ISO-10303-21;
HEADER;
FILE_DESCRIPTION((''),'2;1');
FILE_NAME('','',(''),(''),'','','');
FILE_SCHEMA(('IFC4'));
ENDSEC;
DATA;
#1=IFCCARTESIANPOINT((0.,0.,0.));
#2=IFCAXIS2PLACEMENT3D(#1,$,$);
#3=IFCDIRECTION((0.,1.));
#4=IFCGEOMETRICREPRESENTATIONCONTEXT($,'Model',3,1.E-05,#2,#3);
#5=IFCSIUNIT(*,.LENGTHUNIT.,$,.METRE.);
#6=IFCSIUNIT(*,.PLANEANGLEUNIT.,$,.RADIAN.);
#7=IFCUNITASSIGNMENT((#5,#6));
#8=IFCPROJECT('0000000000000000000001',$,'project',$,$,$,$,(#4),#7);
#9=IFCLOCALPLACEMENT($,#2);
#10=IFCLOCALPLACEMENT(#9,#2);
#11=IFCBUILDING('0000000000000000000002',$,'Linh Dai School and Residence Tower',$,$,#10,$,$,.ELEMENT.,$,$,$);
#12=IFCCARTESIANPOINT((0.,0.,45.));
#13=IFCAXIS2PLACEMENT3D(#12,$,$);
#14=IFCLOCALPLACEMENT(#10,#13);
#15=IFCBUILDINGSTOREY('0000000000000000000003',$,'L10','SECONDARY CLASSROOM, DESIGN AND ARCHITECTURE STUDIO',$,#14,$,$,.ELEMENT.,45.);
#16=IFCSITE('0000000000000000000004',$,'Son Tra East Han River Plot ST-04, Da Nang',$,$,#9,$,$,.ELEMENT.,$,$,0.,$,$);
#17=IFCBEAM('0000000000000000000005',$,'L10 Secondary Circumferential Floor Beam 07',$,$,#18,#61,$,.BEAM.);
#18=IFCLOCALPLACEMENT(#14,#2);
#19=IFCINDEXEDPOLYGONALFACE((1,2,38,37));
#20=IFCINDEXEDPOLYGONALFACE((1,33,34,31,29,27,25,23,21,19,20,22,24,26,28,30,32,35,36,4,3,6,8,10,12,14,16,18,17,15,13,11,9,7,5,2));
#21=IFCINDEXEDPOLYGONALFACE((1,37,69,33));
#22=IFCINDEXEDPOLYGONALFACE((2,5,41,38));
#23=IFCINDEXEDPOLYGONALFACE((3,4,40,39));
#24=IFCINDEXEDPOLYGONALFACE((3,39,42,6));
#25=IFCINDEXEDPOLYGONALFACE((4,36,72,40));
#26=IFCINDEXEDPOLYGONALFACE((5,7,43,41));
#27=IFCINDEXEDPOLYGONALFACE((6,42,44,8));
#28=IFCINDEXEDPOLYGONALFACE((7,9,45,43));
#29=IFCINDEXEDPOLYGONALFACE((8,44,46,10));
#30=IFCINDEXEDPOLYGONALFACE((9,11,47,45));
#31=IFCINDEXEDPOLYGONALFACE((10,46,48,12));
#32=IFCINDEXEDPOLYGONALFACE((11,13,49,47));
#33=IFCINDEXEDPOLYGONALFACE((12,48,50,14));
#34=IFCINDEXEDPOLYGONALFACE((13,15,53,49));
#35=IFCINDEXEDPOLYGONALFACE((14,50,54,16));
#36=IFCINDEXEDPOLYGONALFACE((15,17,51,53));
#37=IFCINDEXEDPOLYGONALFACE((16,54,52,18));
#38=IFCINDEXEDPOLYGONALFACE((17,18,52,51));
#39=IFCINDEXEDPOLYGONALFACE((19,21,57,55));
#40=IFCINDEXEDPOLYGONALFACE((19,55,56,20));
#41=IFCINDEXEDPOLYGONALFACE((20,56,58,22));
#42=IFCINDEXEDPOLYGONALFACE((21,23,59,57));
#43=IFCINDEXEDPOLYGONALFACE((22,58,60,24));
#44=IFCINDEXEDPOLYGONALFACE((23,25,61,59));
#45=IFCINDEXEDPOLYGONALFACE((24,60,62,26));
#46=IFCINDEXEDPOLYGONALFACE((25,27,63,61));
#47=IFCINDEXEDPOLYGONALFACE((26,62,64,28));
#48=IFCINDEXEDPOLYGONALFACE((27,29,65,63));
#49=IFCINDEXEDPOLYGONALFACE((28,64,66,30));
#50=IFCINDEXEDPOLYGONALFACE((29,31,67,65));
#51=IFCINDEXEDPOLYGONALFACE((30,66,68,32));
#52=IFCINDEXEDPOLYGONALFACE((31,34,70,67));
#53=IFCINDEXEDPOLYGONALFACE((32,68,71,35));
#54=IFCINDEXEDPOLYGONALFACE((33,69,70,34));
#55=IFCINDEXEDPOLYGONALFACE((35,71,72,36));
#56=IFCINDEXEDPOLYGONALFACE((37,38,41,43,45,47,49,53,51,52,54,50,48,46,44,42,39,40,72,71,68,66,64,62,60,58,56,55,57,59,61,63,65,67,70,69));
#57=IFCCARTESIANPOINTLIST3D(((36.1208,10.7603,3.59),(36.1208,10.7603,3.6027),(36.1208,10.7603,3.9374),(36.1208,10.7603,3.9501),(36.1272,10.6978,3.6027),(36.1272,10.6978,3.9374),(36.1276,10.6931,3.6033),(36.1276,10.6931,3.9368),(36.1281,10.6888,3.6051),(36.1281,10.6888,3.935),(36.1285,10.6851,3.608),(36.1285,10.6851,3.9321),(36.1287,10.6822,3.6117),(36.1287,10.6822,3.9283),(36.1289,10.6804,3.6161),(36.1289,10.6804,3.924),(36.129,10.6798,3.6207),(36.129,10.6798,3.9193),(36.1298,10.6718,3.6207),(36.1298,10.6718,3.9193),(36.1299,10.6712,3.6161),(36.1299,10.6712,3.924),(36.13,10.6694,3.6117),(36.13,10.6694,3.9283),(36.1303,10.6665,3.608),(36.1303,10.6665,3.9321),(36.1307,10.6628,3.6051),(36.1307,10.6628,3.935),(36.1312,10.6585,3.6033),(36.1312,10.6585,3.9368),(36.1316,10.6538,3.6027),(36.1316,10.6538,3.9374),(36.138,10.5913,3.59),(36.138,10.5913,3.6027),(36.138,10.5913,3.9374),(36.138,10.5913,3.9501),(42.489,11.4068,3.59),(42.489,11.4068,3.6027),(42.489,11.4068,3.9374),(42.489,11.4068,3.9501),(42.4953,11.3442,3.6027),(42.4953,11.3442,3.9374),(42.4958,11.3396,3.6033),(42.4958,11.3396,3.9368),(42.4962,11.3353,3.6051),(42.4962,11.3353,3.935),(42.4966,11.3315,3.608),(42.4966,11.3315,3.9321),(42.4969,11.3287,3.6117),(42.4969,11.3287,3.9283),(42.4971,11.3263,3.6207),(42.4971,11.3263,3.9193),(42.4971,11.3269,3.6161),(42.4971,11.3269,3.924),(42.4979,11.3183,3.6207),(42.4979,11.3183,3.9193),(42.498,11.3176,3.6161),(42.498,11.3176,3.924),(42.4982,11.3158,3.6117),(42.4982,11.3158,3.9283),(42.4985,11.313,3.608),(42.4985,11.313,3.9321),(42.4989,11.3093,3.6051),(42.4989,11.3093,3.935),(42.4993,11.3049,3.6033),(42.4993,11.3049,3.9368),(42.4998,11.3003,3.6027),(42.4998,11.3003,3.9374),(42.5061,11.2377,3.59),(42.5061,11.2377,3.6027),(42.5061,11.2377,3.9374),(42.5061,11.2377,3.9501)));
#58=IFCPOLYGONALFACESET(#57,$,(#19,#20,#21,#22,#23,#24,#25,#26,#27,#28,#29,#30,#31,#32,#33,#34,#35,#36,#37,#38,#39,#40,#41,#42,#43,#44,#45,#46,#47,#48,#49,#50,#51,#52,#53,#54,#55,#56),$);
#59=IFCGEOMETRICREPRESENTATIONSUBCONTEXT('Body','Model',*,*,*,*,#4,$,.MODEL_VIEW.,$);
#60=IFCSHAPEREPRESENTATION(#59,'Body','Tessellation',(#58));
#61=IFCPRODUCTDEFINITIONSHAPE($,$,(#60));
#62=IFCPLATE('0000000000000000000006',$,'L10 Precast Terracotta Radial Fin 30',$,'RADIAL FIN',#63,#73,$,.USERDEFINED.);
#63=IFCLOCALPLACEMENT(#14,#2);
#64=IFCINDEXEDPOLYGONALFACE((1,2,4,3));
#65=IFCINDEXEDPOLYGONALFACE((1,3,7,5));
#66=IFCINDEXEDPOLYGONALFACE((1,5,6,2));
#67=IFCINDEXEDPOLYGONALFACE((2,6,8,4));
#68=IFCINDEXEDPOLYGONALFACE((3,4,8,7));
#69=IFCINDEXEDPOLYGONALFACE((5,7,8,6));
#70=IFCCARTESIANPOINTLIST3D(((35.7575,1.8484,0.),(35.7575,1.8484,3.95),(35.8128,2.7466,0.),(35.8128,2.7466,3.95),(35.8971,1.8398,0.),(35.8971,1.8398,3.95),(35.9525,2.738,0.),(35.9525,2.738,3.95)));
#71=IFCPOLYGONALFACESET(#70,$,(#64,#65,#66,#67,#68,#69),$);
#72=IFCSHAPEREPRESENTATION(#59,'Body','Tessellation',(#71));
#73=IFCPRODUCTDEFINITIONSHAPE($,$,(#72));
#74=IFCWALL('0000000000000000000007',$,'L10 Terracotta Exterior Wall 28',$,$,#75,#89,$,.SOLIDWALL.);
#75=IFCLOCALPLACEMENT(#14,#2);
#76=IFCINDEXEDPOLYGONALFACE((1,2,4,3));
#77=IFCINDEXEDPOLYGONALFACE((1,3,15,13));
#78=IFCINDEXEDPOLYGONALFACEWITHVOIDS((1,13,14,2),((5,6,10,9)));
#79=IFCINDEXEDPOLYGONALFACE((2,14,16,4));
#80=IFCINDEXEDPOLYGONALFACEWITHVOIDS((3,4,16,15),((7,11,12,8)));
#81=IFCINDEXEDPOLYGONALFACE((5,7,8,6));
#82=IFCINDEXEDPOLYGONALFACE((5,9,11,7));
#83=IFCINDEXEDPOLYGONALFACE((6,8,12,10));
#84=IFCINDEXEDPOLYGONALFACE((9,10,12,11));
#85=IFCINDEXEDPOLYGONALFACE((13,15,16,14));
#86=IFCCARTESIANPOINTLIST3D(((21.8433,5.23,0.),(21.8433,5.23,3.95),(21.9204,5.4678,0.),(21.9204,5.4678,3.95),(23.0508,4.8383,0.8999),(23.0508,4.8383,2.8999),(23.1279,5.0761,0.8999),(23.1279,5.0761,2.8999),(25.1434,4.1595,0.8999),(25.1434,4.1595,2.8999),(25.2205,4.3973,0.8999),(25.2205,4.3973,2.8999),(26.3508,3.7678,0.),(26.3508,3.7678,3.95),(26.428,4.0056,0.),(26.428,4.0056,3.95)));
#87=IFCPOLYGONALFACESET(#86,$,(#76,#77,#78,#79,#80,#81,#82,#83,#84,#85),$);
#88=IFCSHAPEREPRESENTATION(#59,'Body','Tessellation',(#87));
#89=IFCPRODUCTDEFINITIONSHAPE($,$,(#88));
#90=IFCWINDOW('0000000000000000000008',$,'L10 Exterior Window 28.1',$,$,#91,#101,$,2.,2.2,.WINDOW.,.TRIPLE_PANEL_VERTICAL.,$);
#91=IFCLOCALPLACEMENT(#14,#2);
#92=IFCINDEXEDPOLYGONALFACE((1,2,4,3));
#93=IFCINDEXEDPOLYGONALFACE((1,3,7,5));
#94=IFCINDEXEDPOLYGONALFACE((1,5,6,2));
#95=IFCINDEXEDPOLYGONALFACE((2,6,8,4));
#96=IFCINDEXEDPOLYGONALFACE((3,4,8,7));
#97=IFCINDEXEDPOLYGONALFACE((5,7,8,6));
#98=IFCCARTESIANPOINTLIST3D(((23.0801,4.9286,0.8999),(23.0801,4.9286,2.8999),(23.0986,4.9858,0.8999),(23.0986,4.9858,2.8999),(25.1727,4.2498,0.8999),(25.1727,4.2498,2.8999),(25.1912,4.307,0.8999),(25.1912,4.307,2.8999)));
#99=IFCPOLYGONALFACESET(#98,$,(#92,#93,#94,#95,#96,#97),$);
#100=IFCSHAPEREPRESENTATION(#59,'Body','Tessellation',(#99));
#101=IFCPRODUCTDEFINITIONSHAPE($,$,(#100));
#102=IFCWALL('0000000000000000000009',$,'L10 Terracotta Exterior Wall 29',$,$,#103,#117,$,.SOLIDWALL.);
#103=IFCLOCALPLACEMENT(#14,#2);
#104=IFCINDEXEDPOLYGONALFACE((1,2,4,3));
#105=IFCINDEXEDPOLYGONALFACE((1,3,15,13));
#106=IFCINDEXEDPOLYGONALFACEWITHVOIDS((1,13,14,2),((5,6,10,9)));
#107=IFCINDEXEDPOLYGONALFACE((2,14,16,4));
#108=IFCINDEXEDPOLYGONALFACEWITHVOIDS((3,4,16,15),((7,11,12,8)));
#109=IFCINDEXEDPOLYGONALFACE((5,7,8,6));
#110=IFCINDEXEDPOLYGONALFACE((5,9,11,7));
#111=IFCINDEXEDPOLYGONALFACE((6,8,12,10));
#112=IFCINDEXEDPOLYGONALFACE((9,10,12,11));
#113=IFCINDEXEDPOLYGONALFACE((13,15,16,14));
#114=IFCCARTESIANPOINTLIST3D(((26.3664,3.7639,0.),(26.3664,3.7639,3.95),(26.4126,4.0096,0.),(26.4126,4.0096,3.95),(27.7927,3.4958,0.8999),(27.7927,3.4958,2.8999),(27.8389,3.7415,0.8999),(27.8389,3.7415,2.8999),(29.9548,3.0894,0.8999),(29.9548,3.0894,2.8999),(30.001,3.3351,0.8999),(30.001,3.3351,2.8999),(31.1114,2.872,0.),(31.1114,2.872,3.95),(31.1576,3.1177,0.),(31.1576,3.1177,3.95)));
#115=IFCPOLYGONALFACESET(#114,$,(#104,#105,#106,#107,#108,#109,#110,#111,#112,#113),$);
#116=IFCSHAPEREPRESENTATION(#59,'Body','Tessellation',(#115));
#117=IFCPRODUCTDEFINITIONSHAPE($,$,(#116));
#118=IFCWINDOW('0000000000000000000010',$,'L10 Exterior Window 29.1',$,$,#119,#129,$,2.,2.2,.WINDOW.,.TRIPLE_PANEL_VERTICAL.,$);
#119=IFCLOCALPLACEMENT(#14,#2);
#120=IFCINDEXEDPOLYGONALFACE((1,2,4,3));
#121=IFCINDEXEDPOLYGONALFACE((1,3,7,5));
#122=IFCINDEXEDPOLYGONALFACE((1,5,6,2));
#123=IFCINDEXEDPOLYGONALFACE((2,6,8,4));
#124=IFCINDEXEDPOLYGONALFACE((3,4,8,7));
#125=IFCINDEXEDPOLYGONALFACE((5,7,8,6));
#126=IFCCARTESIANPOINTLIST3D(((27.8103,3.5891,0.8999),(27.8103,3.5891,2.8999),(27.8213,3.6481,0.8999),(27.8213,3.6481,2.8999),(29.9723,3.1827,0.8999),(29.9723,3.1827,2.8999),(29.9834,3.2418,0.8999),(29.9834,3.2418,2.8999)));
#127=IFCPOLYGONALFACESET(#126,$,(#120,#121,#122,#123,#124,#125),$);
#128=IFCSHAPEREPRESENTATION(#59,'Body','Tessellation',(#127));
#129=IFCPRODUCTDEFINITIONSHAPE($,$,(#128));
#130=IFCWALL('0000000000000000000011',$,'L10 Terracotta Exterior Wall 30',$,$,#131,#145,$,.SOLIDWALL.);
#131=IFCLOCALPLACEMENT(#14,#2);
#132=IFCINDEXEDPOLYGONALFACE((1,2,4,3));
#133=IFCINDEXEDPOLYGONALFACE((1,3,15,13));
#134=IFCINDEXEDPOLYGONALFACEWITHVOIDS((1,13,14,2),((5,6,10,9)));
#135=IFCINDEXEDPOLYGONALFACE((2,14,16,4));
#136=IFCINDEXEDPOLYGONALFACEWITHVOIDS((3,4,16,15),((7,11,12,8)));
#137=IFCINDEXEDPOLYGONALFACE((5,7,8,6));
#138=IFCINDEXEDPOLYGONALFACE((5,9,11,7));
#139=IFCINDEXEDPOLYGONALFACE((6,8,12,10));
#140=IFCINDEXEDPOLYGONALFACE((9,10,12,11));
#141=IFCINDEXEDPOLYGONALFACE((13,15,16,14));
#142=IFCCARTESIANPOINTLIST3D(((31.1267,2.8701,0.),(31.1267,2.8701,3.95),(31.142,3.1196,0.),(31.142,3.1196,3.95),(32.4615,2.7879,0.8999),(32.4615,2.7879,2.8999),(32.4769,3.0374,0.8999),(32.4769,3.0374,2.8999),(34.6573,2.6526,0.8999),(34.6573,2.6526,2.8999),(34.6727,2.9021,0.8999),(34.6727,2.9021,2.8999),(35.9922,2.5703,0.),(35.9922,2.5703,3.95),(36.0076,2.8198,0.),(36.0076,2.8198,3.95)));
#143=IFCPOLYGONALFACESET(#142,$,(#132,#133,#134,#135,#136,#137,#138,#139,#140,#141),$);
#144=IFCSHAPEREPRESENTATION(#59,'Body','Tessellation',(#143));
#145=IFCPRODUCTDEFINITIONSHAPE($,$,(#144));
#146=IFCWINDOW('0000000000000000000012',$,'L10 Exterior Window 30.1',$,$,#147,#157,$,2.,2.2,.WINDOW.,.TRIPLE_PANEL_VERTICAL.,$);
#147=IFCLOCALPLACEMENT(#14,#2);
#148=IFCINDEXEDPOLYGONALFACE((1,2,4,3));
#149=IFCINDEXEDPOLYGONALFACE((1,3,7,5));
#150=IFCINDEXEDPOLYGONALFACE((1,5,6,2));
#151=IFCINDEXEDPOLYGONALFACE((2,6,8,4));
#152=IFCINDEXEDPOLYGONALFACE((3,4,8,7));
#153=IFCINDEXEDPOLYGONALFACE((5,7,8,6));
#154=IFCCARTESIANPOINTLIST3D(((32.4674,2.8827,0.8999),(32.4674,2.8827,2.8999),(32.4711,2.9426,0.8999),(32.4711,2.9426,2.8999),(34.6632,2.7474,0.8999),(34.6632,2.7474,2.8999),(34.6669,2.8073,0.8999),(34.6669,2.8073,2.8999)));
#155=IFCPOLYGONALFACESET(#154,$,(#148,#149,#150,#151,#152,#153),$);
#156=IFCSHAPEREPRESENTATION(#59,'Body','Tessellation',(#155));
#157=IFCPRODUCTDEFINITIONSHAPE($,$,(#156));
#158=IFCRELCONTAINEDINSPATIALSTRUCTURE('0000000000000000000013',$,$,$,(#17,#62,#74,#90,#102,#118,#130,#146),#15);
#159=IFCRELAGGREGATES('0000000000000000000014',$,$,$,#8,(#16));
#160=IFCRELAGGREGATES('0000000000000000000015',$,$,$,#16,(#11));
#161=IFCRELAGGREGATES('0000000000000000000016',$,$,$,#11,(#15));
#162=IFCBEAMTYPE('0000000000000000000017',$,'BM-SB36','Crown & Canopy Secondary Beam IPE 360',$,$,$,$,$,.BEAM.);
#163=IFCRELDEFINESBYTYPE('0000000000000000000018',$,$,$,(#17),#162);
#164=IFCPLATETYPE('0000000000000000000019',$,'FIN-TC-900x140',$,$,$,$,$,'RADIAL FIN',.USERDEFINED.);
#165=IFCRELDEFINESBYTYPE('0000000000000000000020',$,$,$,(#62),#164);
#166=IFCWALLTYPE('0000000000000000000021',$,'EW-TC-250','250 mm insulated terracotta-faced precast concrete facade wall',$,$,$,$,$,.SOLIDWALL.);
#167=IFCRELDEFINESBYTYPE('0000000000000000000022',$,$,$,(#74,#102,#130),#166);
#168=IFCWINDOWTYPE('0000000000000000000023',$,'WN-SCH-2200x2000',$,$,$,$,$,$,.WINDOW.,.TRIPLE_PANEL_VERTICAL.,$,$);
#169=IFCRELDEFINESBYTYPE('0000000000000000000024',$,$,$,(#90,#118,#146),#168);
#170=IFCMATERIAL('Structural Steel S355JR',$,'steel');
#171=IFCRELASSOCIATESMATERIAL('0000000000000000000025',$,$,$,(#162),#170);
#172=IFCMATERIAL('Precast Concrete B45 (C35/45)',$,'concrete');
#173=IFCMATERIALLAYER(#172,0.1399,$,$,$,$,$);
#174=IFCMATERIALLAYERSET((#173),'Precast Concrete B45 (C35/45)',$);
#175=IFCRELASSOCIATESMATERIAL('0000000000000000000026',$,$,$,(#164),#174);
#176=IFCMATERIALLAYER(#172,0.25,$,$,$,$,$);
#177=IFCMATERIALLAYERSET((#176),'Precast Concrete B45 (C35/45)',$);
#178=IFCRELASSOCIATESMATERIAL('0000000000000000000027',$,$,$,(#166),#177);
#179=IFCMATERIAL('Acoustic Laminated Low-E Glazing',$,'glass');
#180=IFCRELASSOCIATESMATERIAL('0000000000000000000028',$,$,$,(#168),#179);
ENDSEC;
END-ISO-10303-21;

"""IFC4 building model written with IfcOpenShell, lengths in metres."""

from ifc_helpers import new_model, si_unit, direction, frame, frame_2d, origin, origin_2d, place, context, subcontext, project, spatial, rectangle, i_section, extrude, source, transform, mapped, material, layer, layer_set, material_profile, profile_set, type_object, element, fill, save


model = new_model("IFC4")

# Units and contexts
model_context = context("Model", 3, precision=1e-05, world=origin(), true_north=direction((0.0, 1.0)))
body_context = subcontext(model_context, "Body", "Model", "MODEL_VIEW")
ifc_project = project(units=[si_unit("LENGTHUNIT", "METRE"), si_unit("PLANEANGLEUNIT", "RADIAN")], contexts=[model_context])

# Site, building, storey
site_placement = place(None, origin())
site = spatial("IfcSite", under=ifc_project, at=site_placement, Name="Son Tra East Han River Plot ST-04, Da Nang", CompositionType="ELEMENT", RefElevation=0.0)
building_placement = place(site_placement, origin())
building = spatial("IfcBuilding", under=site, at=building_placement, Name="Linh Dai School and Residence Tower", CompositionType="ELEMENT")
storey_placement = place(building_placement, frame((0.0, 0.0, 45.0)))
storey = spatial("IfcBuildingStorey", under=building, at=storey_placement, Name="L10", Description="SECONDARY CLASSROOM, DESIGN AND ARCHITECTURE STUDIO", CompositionType="ELEMENT", Elevation=45.0)

# Shared definitions
ifc_material_1 = material(Name="Structural Steel S355JR", Category="steel")

# Beam
ifc_material_profile_1 = material_profile(ifc_material_1, i_section(OverallWidth=0.1699, OverallDepth=0.3601, WebThickness=0.0081, FlangeThickness=0.0127, FilletRadius=0.0181, at=origin_2d()), Name="IPE 360")
ifc_profile_set_1 = profile_set([ifc_material_profile_1], Name="Structural Steel S355JR")
beam_type_1 = type_object("IfcBeamType", Name="BM-SB36", Description="Crown & Canopy Secondary Beam IPE 360", PredefinedType="BEAM", material=ifc_profile_set_1)
beam_1_placement = place(storey_placement, frame((36.1294, 10.6758, 3.77), z_axis=(0.994887, 0.100999, 0.0), x_axis=(-0.100999, 0.994887, 0.0)))
element("IfcBeam", 1, at=beam_1_placement, inside=storey, type_object=beam_type_1, Name="L10 Secondary Circumferential Floor Beam 07", PredefinedType="BEAM", context=body_context, shape_type="SweptSolid", body=[
    extrude(i_section(OverallWidth=0.1699, OverallDepth=0.3601, WebThickness=0.0081, FlangeThickness=0.0127, FilletRadius=0.0181, at=origin_2d()), origin(), (0.0, 0.0, 1.0), 6.4009),
])

# Plate
ifc_material_2 = material(Name="Precast Concrete B45 (C35/45)", Category="concrete")
ifc_layer_1 = layer(ifc_material_2, 0.1399)
ifc_layer_set_1 = layer_set([ifc_layer_1], Name="Precast Concrete B45 (C35/45)")
plate_type = type_object("IfcPlateType", Name="FIN-TC-900x140", ElementType="RADIAL FIN", PredefinedType="USERDEFINED", material=ifc_layer_set_1)
shared_shape_1 = source(origin(), body_context, "Body", "SweptSolid", [
    extrude(rectangle(XDim=0.8999, YDim=0.1399, at=origin_2d()), origin(), (0.0, 0.0, 1.0), 3.95),
])
plate_placement = place(storey_placement, frame((35.855, 2.2932, 0.0), z_axis=(0.0, 0.0, 1.0), x_axis=(-0.061507, -0.998107, 0.0)))
element("IfcPlate", 2, at=plate_placement, inside=storey, type_object=plate_type, Name="L10 Precast Terracotta Radial Fin 30", ObjectType="RADIAL FIN", PredefinedType="USERDEFINED", context=body_context, shape_type="MappedRepresentation", body=[
    mapped(shared_shape_1, transform((0.0, 0.0, 0.0), x_axis=(1.0, 0.0, 0.0), y_axis=(0.0, 1.0, 0.0), z_axis=(0.0, 0.0, 1.0), scale=1.0)),
])

# Walls, openings, windows
ifc_layer_2 = layer(ifc_material_2, 0.25)
ifc_layer_set_2 = layer_set([ifc_layer_2], Name="Precast Concrete B45 (C35/45)")
wall_type_1 = type_object("IfcWallType", Name="EW-TC-250", Description="250 mm insulated terracotta-faced precast concrete facade wall", PredefinedType="SOLIDWALL", material=ifc_layer_set_2)
wall_1_placement = place(storey_placement, frame((26.3894, 3.8867, 0.0), z_axis=(0.0, 0.0, 1.0), x_axis=(-0.951208, 0.308551, 0.0)))
wall_1 = element("IfcWall", 3, at=wall_1_placement, inside=storey, type_object=wall_type_1, Name="L10 Terracotta Exterior Wall 28", PredefinedType="SOLIDWALL", context=body_context, shape_type="SweptSolid", body=[
    extrude(rectangle(XDim=4.7388, YDim=0.25, at=frame_2d((2.3694, 0.0))), origin(), (0.0, 0.0, 1.0), 3.95),
])
opening_1_placement = place(wall_1_placement, frame((1.2693, 0.0, 0.8999)))
opening_1 = element("IfcOpeningElement", 4, at=opening_1_placement, cuts=wall_1, PredefinedType="OPENING", context=body_context, shape_type="SweptSolid", body=[
    extrude(rectangle(XDim=2.2, YDim=2.0, at=origin_2d()), frame((1.1001, 0.135, 1.0), z_axis=(0.0, -1.0, 0.0), x_axis=(1.0, 0.0, 0.0)), (0.0, 0.0, 1.0), 0.27),
])
ifc_material_3 = material(Name="Acoustic Laminated Low-E Glazing", Category="glass")
window_type = type_object("IfcWindowType", Name="WN-SCH-2200x2000", PartitioningType="TRIPLE_PANEL_VERTICAL", PredefinedType="WINDOW", material=ifc_material_3)
shared_shape_2 = source(origin(), body_context, "Body", "SweptSolid", [
    extrude(rectangle(XDim=2.2, YDim=2.0, at=origin_2d()), frame((1.1001, 0.03, 1.0), z_axis=(0.0, -1.0, 0.0), x_axis=(1.0, 0.0, 0.0)), (0.0, 0.0, 1.0), 0.0601),
])
window_1_placement = place(opening_1_placement, origin())
window_1 = element("IfcWindow", 5, at=window_1_placement, inside=storey, type_object=window_type, Name="L10 Exterior Window 28.1", OverallHeight=2.0, OverallWidth=2.2, PartitioningType="TRIPLE_PANEL_VERTICAL", PredefinedType="WINDOW", context=body_context, shape_type="MappedRepresentation", body=[
    mapped(shared_shape_2, transform((0.0, 0.0, 0.0), x_axis=(1.0, 0.0, 0.0), y_axis=(0.0, 1.0, 0.0), z_axis=(0.0, 0.0, 1.0), scale=1.0)),
])
fill(opening_1, window_1)
wall_2_placement = place(storey_placement, frame((31.1345, 2.9949, 0.0), z_axis=(0.0, 0.0, 1.0), x_axis=(-0.982792, 0.184716, 0.0)))
wall_2 = element("IfcWall", 6, at=wall_2_placement, inside=storey, type_object=wall_type_1, Name="L10 Terracotta Exterior Wall 29", PredefinedType="SOLIDWALL", context=body_context, shape_type="SweptSolid", body=[
    extrude(rectangle(XDim=4.8281, YDim=0.25, at=frame_2d((2.4141, 0.0))), origin(), (0.0, 0.0, 1.0), 3.95),
])
opening_2_placement = place(wall_2_placement, frame((1.1768, 0.0, 0.8999)))
opening_2 = element("IfcOpeningElement", 7, at=opening_2_placement, cuts=wall_2, PredefinedType="OPENING", context=body_context, shape_type="SweptSolid", body=[
    extrude(rectangle(XDim=2.2, YDim=2.0, at=origin_2d()), frame((1.1001, 0.135, 1.0), z_axis=(0.0, -1.0, 0.0), x_axis=(1.0, 0.0, 0.0)), (0.0, 0.0, 1.0), 0.27),
])
window_2_placement = place(opening_2_placement, origin())
window_2 = element("IfcWindow", 8, at=window_2_placement, inside=storey, type_object=window_type, Name="L10 Exterior Window 29.1", OverallHeight=2.0, OverallWidth=2.2, PartitioningType="TRIPLE_PANEL_VERTICAL", PredefinedType="WINDOW", context=body_context, shape_type="MappedRepresentation", body=[
    mapped(shared_shape_2, transform((0.0, 0.0, 0.0), x_axis=(1.0, 0.0, 0.0), y_axis=(0.0, 1.0, 0.0), z_axis=(0.0, 0.0, 1.0), scale=1.0)),
])
fill(opening_2, window_2)
wall_3_placement = place(storey_placement, frame((36.0, 2.6951, 0.0), z_axis=(0.0, 0.0, 1.0), x_axis=(-0.998107, 0.061502, 0.0)))
wall_3 = element("IfcWall", 9, at=wall_3_placement, inside=storey, type_object=wall_type_1, Name="L10 Terracotta Exterior Wall 30", PredefinedType="SOLIDWALL", context=body_context, shape_type="SweptSolid", body=[
    extrude(rectangle(XDim=4.8748, YDim=0.25, at=frame_2d((2.4375, 0.0))), origin(), (0.0, 0.0, 1.0), 3.95),
])
opening_3_placement = place(wall_3_placement, frame((1.3374, 0.0, 0.8999)))
opening_3 = element("IfcOpeningElement", 10, at=opening_3_placement, cuts=wall_3, PredefinedType="OPENING", context=body_context, shape_type="SweptSolid", body=[
    extrude(rectangle(XDim=2.2, YDim=2.0, at=origin_2d()), frame((1.1001, 0.135, 1.0), z_axis=(0.0, -1.0, 0.0), x_axis=(1.0, 0.0, 0.0)), (0.0, 0.0, 1.0), 0.27),
])
window_3_placement = place(opening_3_placement, origin())
window_3 = element("IfcWindow", 11, at=window_3_placement, inside=storey, type_object=window_type, Name="L10 Exterior Window 30.1", OverallHeight=2.0, OverallWidth=2.2, PartitioningType="TRIPLE_PANEL_VERTICAL", PredefinedType="WINDOW", context=body_context, shape_type="MappedRepresentation", body=[
    mapped(shared_shape_2, transform((0.0, 0.0, 0.0), x_axis=(1.0, 0.0, 0.0), y_axis=(0.0, 1.0, 0.0), z_axis=(0.0, 0.0, 1.0), scale=1.0)),
])
fill(opening_3, window_3)

save(model, "model.ifc")
